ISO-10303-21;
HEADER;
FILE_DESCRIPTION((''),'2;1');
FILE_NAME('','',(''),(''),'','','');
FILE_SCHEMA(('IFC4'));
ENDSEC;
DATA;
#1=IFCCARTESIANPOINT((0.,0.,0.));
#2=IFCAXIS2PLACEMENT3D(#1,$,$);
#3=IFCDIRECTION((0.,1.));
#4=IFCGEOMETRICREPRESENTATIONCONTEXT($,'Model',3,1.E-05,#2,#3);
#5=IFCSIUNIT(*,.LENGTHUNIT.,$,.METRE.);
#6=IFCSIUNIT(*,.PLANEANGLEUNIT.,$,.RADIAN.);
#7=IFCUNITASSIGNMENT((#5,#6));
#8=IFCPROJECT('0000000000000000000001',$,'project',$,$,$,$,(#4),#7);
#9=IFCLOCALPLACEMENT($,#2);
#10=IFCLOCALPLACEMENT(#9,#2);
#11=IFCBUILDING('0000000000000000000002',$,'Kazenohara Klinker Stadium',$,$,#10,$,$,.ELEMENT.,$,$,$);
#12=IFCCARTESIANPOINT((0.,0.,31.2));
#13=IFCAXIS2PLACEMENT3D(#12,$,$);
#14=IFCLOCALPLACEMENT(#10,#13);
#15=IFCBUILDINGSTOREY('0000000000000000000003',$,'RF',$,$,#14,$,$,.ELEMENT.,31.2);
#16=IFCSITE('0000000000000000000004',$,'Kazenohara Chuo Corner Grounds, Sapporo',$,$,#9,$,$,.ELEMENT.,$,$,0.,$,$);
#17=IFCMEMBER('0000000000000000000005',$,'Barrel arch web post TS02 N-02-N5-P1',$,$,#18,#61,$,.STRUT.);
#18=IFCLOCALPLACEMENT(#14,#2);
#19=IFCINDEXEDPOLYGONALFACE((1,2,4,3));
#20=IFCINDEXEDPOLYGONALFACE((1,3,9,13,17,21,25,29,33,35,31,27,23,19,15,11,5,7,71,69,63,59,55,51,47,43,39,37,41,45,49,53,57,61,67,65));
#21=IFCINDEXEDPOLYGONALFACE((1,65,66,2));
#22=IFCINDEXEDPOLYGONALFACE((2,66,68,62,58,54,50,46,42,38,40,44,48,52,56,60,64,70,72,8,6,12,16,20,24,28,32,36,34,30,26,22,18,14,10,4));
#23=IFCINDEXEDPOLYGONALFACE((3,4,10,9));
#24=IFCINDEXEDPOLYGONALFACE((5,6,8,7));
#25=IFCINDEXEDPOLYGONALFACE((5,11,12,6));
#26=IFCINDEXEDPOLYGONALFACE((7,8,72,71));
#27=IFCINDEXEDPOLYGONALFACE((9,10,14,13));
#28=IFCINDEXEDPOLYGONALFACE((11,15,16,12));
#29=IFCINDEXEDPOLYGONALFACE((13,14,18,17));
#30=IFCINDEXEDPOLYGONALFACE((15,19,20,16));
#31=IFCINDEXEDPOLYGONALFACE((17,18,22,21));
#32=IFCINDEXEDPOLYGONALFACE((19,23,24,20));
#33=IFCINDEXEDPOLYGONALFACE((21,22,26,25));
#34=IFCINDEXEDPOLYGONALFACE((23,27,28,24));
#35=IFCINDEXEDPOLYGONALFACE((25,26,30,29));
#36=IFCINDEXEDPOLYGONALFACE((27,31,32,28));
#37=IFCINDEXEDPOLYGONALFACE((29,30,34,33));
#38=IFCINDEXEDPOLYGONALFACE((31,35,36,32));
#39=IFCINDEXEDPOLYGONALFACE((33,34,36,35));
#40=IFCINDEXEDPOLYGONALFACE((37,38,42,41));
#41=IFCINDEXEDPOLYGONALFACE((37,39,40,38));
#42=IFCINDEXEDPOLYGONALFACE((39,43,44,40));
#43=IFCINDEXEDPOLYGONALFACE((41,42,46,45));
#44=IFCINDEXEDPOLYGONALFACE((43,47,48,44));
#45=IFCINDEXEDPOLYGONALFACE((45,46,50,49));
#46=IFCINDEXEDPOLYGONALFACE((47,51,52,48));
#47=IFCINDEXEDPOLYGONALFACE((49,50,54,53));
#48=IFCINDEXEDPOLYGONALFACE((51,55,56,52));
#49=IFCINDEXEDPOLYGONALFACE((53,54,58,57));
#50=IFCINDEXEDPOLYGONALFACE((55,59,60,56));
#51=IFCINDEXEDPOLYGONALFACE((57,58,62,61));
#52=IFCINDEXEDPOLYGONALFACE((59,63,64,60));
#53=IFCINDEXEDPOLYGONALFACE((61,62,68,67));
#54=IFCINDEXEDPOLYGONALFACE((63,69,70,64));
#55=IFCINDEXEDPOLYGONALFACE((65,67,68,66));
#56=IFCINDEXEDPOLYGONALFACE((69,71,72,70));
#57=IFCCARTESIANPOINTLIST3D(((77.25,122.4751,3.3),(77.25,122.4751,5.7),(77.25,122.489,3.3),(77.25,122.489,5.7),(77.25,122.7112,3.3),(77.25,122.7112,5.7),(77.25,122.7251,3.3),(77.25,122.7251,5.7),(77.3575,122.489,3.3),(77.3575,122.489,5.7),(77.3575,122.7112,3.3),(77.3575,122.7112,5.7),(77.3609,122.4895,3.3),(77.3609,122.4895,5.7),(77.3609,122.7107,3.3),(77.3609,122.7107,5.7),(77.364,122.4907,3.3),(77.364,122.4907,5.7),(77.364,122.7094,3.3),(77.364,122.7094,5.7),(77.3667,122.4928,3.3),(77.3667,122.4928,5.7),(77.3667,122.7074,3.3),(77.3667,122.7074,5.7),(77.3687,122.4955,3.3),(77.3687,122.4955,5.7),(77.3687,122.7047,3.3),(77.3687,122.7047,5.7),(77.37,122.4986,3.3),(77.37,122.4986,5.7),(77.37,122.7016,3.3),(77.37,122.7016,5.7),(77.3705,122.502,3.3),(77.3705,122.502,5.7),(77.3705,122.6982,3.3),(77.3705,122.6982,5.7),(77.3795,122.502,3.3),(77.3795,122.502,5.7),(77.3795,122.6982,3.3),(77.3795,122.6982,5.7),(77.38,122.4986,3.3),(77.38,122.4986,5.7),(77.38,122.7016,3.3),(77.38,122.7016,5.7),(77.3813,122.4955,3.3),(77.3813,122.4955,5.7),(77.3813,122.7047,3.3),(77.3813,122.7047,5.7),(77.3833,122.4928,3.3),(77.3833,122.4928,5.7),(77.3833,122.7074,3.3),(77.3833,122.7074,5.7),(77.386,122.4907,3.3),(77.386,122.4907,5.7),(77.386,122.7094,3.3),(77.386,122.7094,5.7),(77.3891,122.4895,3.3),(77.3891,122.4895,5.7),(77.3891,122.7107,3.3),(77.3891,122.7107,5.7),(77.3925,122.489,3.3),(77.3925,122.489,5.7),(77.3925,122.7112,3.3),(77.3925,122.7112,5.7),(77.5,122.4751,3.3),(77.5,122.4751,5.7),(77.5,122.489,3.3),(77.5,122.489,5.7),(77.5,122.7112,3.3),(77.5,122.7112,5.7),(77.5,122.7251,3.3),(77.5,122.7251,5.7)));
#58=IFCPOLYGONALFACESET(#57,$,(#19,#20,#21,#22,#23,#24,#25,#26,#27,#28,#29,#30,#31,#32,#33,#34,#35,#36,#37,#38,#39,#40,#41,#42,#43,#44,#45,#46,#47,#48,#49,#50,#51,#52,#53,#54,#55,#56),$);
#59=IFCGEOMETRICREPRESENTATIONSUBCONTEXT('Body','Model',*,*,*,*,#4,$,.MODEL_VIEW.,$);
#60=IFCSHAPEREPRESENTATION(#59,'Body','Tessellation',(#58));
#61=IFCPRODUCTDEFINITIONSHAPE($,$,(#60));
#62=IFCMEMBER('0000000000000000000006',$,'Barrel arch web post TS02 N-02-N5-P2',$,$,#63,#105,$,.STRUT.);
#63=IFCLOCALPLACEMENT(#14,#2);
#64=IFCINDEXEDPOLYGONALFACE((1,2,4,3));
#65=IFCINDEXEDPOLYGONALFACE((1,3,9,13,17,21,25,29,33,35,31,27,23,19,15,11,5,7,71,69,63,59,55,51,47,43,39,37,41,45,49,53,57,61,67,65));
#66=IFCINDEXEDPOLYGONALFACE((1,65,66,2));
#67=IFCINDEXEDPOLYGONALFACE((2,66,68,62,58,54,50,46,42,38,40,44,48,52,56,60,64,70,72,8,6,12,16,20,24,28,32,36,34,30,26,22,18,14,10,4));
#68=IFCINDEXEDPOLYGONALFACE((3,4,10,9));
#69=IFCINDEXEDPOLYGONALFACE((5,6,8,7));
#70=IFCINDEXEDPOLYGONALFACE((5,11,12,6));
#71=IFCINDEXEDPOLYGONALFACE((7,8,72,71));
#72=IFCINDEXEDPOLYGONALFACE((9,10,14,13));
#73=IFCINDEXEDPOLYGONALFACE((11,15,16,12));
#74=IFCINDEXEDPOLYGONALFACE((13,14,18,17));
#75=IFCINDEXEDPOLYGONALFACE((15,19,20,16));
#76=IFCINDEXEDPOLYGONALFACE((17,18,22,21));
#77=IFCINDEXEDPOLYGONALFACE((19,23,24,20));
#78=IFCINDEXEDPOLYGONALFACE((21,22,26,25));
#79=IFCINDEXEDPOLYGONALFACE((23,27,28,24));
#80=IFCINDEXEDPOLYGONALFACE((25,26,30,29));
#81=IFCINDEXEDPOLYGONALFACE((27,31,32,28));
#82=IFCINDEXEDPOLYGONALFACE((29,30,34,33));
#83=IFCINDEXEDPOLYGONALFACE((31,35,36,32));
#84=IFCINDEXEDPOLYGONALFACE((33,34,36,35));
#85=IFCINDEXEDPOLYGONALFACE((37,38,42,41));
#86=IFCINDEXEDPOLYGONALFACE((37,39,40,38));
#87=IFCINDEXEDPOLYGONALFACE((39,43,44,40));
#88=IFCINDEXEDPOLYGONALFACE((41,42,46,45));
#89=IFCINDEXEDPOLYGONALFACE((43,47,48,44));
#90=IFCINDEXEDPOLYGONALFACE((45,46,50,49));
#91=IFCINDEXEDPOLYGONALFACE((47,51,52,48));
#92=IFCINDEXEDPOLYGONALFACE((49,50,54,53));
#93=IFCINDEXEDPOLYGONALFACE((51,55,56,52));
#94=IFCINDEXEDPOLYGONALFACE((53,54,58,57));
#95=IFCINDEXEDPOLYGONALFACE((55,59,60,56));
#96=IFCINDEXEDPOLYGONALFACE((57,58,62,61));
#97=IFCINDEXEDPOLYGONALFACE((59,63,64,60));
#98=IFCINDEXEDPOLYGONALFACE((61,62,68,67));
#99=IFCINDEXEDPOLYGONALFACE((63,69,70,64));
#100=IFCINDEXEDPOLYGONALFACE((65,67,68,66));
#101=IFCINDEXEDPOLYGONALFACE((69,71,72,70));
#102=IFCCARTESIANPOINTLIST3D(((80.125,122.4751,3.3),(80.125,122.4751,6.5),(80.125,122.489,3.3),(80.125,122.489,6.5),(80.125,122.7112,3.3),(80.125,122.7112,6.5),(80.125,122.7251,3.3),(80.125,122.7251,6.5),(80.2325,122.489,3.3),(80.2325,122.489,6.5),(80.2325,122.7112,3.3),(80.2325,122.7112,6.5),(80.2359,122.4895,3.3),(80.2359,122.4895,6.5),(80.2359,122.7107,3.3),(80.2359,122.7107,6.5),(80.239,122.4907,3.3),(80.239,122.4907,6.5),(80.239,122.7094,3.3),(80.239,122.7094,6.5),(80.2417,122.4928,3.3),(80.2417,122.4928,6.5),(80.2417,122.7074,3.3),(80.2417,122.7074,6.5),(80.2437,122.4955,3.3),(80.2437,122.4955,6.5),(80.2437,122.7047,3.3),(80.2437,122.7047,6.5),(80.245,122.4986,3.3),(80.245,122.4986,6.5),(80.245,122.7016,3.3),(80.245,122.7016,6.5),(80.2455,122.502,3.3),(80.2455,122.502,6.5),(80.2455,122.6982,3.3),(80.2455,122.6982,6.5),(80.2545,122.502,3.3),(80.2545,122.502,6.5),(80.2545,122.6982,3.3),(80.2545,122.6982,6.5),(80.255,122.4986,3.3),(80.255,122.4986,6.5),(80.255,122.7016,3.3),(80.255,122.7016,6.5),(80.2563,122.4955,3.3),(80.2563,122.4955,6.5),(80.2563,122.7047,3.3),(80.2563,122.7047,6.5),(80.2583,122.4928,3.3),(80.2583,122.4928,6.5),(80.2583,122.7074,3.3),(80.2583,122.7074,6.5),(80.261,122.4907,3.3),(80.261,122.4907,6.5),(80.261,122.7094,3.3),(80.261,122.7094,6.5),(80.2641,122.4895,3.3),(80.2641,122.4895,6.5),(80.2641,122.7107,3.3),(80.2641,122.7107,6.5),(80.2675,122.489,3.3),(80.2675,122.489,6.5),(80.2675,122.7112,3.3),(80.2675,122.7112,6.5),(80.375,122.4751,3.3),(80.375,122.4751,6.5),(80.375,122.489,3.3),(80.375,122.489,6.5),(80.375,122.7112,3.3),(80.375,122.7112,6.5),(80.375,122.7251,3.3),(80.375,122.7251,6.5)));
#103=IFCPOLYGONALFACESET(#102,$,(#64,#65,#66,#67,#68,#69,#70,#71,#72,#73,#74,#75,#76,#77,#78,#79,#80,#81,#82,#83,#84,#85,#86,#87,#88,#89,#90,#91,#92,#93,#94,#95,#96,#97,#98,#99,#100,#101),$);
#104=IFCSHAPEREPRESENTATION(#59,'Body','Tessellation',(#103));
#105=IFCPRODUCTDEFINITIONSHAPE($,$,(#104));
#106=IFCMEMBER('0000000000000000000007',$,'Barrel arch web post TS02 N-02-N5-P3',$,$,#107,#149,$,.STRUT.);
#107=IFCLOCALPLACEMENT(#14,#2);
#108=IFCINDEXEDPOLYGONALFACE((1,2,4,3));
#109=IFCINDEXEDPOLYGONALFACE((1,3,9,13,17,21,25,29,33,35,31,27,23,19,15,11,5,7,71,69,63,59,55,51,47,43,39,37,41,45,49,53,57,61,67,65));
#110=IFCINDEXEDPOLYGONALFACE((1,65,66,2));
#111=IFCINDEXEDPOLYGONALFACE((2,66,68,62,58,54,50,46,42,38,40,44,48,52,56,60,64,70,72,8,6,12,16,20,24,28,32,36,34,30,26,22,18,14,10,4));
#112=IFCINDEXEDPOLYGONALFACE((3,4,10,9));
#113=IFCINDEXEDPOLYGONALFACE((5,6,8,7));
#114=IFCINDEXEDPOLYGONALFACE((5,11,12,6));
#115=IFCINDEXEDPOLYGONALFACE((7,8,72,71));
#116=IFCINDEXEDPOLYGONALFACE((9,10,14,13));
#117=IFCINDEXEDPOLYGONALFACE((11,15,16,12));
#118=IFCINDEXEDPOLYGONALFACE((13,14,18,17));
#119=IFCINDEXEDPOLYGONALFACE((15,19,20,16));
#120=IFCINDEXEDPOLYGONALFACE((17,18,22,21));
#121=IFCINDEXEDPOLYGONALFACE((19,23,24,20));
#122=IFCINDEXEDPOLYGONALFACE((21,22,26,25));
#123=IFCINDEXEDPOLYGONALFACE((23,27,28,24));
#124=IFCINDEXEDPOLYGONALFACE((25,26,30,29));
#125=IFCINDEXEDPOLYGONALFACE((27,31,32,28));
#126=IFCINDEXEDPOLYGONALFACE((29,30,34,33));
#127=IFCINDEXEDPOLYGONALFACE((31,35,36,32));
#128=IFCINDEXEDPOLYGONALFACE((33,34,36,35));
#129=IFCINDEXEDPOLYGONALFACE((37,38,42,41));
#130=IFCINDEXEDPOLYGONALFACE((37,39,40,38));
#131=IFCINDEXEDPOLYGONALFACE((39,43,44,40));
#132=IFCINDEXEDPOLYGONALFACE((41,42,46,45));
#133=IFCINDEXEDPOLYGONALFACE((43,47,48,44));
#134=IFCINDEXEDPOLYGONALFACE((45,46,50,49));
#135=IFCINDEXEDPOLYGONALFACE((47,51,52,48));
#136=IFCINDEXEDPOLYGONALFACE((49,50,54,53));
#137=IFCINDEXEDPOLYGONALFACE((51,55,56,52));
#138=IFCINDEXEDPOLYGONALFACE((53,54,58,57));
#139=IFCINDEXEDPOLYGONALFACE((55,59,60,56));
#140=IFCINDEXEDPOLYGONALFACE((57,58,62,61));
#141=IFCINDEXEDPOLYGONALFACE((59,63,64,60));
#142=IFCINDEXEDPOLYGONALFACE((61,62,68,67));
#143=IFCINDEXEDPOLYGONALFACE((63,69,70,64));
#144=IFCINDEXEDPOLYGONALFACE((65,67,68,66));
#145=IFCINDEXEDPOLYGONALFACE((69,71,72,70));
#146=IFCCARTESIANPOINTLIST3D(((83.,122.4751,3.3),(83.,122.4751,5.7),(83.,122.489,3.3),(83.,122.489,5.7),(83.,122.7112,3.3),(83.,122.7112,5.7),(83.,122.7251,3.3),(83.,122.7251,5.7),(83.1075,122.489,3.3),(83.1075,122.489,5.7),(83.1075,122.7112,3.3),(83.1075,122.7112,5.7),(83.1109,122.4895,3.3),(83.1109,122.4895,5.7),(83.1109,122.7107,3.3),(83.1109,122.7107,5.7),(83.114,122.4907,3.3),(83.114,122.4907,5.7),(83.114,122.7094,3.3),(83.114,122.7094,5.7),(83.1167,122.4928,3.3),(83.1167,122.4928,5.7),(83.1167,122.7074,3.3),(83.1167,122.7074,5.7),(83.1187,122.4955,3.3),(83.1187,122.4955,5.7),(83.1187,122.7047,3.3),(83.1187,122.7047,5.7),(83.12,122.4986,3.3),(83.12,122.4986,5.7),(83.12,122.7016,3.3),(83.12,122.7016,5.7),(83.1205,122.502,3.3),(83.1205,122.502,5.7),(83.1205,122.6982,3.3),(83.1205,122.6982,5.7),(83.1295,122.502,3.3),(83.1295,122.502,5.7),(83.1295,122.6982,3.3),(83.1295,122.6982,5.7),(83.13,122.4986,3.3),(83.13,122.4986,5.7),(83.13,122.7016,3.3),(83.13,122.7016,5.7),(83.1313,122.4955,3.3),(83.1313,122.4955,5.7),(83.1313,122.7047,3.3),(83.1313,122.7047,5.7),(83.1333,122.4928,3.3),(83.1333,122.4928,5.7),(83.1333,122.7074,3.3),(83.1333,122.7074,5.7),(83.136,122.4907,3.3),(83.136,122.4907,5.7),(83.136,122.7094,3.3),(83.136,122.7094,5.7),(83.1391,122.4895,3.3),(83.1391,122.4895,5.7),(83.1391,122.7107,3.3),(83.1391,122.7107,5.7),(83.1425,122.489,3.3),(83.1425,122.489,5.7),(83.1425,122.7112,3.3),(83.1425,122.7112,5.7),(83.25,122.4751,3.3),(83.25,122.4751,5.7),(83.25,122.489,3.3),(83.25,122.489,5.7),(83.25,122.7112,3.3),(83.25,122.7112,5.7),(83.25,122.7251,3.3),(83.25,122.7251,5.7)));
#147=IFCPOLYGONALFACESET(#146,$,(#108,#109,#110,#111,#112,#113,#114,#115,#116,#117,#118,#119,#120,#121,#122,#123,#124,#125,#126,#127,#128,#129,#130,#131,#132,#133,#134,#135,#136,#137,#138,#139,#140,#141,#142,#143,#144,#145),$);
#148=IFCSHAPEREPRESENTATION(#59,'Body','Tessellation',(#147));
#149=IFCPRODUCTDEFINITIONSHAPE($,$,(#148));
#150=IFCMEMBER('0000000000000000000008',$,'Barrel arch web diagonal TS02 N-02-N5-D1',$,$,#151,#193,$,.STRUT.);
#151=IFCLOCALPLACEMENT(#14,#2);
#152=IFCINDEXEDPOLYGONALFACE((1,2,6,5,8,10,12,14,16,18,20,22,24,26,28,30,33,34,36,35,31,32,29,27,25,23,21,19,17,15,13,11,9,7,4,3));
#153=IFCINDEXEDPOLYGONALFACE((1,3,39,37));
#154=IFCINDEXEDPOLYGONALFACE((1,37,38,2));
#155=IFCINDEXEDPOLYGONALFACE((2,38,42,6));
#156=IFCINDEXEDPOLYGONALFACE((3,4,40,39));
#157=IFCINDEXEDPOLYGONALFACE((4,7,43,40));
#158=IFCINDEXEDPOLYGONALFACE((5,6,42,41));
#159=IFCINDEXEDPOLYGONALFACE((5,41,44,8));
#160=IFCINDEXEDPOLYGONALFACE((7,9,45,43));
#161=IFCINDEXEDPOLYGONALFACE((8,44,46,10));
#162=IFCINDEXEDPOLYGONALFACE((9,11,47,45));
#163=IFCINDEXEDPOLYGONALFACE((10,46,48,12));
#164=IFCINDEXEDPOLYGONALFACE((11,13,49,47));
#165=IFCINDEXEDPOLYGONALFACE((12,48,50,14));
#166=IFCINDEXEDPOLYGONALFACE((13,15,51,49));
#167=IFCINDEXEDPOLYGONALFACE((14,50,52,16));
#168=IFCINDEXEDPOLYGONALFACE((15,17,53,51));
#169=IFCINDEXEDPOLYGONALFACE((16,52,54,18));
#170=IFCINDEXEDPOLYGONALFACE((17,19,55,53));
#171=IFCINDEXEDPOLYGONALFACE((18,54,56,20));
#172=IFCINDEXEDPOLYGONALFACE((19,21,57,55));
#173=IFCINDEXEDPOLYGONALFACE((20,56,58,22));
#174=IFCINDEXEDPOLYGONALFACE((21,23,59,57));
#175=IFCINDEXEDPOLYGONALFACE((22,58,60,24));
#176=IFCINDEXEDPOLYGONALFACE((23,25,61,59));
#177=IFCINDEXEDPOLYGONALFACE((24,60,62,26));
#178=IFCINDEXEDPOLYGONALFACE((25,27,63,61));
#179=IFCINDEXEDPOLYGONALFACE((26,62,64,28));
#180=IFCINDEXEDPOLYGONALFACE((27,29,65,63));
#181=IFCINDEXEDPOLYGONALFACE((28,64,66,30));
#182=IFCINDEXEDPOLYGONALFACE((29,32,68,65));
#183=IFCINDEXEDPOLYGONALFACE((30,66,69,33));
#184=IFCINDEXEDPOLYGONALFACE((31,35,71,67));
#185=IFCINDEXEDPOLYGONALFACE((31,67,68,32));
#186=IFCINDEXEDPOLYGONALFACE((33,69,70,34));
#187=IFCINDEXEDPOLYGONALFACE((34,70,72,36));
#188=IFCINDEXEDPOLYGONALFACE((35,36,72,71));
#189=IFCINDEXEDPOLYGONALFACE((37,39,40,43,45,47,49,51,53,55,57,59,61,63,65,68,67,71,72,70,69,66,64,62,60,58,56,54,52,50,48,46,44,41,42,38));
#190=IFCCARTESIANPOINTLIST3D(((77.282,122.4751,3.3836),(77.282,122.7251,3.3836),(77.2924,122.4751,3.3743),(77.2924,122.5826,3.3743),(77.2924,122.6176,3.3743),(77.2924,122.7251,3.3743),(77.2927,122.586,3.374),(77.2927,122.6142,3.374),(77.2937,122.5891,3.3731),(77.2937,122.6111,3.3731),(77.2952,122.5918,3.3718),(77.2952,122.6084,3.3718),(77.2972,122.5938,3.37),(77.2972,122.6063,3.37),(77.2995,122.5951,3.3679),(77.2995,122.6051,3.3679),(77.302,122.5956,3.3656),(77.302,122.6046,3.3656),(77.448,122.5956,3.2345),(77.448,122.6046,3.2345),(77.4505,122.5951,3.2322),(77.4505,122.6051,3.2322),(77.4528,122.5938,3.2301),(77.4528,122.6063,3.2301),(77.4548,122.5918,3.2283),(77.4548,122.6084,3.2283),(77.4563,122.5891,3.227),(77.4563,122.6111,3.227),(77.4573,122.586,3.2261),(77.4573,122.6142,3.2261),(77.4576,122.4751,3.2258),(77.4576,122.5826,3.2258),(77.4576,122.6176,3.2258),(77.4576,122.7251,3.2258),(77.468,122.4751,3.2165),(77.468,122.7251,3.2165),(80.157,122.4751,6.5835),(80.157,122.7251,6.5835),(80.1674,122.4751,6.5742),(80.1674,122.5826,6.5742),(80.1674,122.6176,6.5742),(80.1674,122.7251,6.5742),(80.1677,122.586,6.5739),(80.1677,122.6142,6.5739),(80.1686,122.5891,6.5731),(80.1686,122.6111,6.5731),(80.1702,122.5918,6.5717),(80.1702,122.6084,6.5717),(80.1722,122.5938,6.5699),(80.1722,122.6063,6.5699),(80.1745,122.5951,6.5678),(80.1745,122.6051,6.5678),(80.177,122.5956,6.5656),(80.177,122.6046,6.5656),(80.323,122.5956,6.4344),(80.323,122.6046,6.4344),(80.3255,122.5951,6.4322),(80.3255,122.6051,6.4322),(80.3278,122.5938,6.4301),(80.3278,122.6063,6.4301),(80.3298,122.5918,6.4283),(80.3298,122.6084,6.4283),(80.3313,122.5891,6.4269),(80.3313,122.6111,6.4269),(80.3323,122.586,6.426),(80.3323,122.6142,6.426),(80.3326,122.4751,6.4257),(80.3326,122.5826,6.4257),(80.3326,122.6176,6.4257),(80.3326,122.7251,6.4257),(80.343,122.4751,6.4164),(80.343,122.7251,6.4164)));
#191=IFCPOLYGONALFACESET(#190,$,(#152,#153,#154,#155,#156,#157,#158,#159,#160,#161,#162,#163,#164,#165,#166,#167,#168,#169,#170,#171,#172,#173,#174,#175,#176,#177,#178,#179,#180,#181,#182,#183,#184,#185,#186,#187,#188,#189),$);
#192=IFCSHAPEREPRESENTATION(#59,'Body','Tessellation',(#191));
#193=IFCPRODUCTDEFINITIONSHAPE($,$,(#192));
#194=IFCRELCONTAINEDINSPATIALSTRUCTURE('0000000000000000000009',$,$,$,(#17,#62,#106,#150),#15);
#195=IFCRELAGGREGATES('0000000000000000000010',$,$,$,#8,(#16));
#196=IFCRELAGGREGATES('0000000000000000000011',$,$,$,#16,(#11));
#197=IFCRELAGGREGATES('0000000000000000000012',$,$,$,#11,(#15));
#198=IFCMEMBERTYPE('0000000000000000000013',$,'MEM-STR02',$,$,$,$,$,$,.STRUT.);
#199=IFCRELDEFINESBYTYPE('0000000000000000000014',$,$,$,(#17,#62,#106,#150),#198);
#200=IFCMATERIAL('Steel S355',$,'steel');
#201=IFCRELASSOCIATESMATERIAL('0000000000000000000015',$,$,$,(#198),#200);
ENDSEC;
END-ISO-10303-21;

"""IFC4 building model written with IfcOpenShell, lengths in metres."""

from ifc_helpers import new_model, si_unit, direction, frame, origin, origin_2d, place, context, subcontext, project, spatial, i_section, extrude, material, material_profile, profile_set, type_object, element, save


model = new_model("IFC4")

# Units and contexts
model_context = context("Model", 3, precision=1e-05, world=origin(), true_north=direction((0.0, 1.0)))
body_context = subcontext(model_context, "Body", "Model", "MODEL_VIEW")
ifc_project = project(units=[si_unit("LENGTHUNIT", "METRE"), si_unit("PLANEANGLEUNIT", "RADIAN")], contexts=[model_context])

# Site, building, storey
site_placement = place(None, origin())
site = spatial("IfcSite", under=ifc_project, at=site_placement, Name="Kazenohara Chuo Corner Grounds, Sapporo", CompositionType="ELEMENT", RefElevation=0.0)
building_placement = place(site_placement, origin())
building = spatial("IfcBuilding", under=site, at=building_placement, Name="Kazenohara Klinker Stadium", CompositionType="ELEMENT")
storey_placement = place(building_placement, frame((0.0, 0.0, 31.2)))
storey = spatial("IfcBuildingStorey", under=building, at=storey_placement, Name="RF", CompositionType="ELEMENT", Elevation=31.2)

# Members
ifc_material_1 = material(Name="Steel S355", Category="steel")
ifc_material_profile_1 = material_profile(ifc_material_1, i_section(OverallWidth=0.25, OverallDepth=0.25, WebThickness=0.009, FlangeThickness=0.0139, FilletRadius=0.0129, at=origin_2d()), Name="H-250x250x9x14")
ifc_profile_set_1 = profile_set([ifc_material_profile_1], Name="Steel S355")
member_type_1 = type_object("IfcMemberType", Name="MEM-STR02", PredefinedType="STRUT", material=ifc_profile_set_1)
member_1_placement = place(storey_placement, frame((77.375, 122.6001, 3.3), z_axis=(0.0, 0.0, 1.0), x_axis=(1.0, 0.0, 0.0)))
element("IfcMember", 1, at=member_1_placement, inside=storey, type_object=member_type_1, Name="Barrel arch web post TS02 N-02-N5-P1", PredefinedType="STRUT", context=body_context, shape_type="SweptSolid", body=[
    extrude(i_section(OverallWidth=0.25, OverallDepth=0.25, WebThickness=0.009, FlangeThickness=0.0139, FilletRadius=0.0129, at=origin_2d()), origin(), (0.0, 0.0, 1.0), 2.3999),
])
member_2_placement = place(storey_placement, frame((80.25, 122.6001, 3.3), z_axis=(0.0, 0.0, 1.0), x_axis=(1.0, 0.0, 0.0)))
element("IfcMember", 2, at=member_2_placement, inside=storey, type_object=member_type_1, Name="Barrel arch web post TS02 N-02-N5-P2", PredefinedType="STRUT", context=body_context, shape_type="SweptSolid", body=[
    extrude(i_section(OverallWidth=0.25, OverallDepth=0.25, WebThickness=0.009, FlangeThickness=0.0139, FilletRadius=0.0129, at=origin_2d()), origin(), (0.0, 0.0, 1.0), 3.2),
])
member_3_placement = place(storey_placement, frame((83.125, 122.6001, 3.3), z_axis=(0.0, 0.0, 1.0), x_axis=(1.0, 0.0, 0.0)))
element("IfcMember", 3, at=member_3_placement, inside=storey, type_object=member_type_1, Name="Barrel arch web post TS02 N-02-N5-P3", PredefinedType="STRUT", context=body_context, shape_type="SweptSolid", body=[
    extrude(i_section(OverallWidth=0.25, OverallDepth=0.25, WebThickness=0.009, FlangeThickness=0.0139, FilletRadius=0.0129, at=origin_2d()), origin(), (0.0, 0.0, 1.0), 2.3999),
])
for number, where, z_axis, x_axis, name in (
    (4, (77.375, 122.6001, 3.3), (0.668328, 0.0, 0.743867), (0.0, 1.0, 0.0), "Barrel arch web diagonal TS02 N-02-N5-D1"),
):
    element("IfcMember", number, at=place(storey_placement, frame(where, z_axis=z_axis, x_axis=x_axis)), inside=storey, type_object=member_type_1, Name=name, PredefinedType="STRUT", context=body_context, shape_type="SweptSolid", body=[
        extrude(i_section(OverallWidth=0.25, OverallDepth=0.25, WebThickness=0.009, FlangeThickness=0.0139, FilletRadius=0.0129, at=origin_2d()), origin(), (0.0, 0.0, 1.0), 4.3018),
    ])

save(model, "model.ifc")
